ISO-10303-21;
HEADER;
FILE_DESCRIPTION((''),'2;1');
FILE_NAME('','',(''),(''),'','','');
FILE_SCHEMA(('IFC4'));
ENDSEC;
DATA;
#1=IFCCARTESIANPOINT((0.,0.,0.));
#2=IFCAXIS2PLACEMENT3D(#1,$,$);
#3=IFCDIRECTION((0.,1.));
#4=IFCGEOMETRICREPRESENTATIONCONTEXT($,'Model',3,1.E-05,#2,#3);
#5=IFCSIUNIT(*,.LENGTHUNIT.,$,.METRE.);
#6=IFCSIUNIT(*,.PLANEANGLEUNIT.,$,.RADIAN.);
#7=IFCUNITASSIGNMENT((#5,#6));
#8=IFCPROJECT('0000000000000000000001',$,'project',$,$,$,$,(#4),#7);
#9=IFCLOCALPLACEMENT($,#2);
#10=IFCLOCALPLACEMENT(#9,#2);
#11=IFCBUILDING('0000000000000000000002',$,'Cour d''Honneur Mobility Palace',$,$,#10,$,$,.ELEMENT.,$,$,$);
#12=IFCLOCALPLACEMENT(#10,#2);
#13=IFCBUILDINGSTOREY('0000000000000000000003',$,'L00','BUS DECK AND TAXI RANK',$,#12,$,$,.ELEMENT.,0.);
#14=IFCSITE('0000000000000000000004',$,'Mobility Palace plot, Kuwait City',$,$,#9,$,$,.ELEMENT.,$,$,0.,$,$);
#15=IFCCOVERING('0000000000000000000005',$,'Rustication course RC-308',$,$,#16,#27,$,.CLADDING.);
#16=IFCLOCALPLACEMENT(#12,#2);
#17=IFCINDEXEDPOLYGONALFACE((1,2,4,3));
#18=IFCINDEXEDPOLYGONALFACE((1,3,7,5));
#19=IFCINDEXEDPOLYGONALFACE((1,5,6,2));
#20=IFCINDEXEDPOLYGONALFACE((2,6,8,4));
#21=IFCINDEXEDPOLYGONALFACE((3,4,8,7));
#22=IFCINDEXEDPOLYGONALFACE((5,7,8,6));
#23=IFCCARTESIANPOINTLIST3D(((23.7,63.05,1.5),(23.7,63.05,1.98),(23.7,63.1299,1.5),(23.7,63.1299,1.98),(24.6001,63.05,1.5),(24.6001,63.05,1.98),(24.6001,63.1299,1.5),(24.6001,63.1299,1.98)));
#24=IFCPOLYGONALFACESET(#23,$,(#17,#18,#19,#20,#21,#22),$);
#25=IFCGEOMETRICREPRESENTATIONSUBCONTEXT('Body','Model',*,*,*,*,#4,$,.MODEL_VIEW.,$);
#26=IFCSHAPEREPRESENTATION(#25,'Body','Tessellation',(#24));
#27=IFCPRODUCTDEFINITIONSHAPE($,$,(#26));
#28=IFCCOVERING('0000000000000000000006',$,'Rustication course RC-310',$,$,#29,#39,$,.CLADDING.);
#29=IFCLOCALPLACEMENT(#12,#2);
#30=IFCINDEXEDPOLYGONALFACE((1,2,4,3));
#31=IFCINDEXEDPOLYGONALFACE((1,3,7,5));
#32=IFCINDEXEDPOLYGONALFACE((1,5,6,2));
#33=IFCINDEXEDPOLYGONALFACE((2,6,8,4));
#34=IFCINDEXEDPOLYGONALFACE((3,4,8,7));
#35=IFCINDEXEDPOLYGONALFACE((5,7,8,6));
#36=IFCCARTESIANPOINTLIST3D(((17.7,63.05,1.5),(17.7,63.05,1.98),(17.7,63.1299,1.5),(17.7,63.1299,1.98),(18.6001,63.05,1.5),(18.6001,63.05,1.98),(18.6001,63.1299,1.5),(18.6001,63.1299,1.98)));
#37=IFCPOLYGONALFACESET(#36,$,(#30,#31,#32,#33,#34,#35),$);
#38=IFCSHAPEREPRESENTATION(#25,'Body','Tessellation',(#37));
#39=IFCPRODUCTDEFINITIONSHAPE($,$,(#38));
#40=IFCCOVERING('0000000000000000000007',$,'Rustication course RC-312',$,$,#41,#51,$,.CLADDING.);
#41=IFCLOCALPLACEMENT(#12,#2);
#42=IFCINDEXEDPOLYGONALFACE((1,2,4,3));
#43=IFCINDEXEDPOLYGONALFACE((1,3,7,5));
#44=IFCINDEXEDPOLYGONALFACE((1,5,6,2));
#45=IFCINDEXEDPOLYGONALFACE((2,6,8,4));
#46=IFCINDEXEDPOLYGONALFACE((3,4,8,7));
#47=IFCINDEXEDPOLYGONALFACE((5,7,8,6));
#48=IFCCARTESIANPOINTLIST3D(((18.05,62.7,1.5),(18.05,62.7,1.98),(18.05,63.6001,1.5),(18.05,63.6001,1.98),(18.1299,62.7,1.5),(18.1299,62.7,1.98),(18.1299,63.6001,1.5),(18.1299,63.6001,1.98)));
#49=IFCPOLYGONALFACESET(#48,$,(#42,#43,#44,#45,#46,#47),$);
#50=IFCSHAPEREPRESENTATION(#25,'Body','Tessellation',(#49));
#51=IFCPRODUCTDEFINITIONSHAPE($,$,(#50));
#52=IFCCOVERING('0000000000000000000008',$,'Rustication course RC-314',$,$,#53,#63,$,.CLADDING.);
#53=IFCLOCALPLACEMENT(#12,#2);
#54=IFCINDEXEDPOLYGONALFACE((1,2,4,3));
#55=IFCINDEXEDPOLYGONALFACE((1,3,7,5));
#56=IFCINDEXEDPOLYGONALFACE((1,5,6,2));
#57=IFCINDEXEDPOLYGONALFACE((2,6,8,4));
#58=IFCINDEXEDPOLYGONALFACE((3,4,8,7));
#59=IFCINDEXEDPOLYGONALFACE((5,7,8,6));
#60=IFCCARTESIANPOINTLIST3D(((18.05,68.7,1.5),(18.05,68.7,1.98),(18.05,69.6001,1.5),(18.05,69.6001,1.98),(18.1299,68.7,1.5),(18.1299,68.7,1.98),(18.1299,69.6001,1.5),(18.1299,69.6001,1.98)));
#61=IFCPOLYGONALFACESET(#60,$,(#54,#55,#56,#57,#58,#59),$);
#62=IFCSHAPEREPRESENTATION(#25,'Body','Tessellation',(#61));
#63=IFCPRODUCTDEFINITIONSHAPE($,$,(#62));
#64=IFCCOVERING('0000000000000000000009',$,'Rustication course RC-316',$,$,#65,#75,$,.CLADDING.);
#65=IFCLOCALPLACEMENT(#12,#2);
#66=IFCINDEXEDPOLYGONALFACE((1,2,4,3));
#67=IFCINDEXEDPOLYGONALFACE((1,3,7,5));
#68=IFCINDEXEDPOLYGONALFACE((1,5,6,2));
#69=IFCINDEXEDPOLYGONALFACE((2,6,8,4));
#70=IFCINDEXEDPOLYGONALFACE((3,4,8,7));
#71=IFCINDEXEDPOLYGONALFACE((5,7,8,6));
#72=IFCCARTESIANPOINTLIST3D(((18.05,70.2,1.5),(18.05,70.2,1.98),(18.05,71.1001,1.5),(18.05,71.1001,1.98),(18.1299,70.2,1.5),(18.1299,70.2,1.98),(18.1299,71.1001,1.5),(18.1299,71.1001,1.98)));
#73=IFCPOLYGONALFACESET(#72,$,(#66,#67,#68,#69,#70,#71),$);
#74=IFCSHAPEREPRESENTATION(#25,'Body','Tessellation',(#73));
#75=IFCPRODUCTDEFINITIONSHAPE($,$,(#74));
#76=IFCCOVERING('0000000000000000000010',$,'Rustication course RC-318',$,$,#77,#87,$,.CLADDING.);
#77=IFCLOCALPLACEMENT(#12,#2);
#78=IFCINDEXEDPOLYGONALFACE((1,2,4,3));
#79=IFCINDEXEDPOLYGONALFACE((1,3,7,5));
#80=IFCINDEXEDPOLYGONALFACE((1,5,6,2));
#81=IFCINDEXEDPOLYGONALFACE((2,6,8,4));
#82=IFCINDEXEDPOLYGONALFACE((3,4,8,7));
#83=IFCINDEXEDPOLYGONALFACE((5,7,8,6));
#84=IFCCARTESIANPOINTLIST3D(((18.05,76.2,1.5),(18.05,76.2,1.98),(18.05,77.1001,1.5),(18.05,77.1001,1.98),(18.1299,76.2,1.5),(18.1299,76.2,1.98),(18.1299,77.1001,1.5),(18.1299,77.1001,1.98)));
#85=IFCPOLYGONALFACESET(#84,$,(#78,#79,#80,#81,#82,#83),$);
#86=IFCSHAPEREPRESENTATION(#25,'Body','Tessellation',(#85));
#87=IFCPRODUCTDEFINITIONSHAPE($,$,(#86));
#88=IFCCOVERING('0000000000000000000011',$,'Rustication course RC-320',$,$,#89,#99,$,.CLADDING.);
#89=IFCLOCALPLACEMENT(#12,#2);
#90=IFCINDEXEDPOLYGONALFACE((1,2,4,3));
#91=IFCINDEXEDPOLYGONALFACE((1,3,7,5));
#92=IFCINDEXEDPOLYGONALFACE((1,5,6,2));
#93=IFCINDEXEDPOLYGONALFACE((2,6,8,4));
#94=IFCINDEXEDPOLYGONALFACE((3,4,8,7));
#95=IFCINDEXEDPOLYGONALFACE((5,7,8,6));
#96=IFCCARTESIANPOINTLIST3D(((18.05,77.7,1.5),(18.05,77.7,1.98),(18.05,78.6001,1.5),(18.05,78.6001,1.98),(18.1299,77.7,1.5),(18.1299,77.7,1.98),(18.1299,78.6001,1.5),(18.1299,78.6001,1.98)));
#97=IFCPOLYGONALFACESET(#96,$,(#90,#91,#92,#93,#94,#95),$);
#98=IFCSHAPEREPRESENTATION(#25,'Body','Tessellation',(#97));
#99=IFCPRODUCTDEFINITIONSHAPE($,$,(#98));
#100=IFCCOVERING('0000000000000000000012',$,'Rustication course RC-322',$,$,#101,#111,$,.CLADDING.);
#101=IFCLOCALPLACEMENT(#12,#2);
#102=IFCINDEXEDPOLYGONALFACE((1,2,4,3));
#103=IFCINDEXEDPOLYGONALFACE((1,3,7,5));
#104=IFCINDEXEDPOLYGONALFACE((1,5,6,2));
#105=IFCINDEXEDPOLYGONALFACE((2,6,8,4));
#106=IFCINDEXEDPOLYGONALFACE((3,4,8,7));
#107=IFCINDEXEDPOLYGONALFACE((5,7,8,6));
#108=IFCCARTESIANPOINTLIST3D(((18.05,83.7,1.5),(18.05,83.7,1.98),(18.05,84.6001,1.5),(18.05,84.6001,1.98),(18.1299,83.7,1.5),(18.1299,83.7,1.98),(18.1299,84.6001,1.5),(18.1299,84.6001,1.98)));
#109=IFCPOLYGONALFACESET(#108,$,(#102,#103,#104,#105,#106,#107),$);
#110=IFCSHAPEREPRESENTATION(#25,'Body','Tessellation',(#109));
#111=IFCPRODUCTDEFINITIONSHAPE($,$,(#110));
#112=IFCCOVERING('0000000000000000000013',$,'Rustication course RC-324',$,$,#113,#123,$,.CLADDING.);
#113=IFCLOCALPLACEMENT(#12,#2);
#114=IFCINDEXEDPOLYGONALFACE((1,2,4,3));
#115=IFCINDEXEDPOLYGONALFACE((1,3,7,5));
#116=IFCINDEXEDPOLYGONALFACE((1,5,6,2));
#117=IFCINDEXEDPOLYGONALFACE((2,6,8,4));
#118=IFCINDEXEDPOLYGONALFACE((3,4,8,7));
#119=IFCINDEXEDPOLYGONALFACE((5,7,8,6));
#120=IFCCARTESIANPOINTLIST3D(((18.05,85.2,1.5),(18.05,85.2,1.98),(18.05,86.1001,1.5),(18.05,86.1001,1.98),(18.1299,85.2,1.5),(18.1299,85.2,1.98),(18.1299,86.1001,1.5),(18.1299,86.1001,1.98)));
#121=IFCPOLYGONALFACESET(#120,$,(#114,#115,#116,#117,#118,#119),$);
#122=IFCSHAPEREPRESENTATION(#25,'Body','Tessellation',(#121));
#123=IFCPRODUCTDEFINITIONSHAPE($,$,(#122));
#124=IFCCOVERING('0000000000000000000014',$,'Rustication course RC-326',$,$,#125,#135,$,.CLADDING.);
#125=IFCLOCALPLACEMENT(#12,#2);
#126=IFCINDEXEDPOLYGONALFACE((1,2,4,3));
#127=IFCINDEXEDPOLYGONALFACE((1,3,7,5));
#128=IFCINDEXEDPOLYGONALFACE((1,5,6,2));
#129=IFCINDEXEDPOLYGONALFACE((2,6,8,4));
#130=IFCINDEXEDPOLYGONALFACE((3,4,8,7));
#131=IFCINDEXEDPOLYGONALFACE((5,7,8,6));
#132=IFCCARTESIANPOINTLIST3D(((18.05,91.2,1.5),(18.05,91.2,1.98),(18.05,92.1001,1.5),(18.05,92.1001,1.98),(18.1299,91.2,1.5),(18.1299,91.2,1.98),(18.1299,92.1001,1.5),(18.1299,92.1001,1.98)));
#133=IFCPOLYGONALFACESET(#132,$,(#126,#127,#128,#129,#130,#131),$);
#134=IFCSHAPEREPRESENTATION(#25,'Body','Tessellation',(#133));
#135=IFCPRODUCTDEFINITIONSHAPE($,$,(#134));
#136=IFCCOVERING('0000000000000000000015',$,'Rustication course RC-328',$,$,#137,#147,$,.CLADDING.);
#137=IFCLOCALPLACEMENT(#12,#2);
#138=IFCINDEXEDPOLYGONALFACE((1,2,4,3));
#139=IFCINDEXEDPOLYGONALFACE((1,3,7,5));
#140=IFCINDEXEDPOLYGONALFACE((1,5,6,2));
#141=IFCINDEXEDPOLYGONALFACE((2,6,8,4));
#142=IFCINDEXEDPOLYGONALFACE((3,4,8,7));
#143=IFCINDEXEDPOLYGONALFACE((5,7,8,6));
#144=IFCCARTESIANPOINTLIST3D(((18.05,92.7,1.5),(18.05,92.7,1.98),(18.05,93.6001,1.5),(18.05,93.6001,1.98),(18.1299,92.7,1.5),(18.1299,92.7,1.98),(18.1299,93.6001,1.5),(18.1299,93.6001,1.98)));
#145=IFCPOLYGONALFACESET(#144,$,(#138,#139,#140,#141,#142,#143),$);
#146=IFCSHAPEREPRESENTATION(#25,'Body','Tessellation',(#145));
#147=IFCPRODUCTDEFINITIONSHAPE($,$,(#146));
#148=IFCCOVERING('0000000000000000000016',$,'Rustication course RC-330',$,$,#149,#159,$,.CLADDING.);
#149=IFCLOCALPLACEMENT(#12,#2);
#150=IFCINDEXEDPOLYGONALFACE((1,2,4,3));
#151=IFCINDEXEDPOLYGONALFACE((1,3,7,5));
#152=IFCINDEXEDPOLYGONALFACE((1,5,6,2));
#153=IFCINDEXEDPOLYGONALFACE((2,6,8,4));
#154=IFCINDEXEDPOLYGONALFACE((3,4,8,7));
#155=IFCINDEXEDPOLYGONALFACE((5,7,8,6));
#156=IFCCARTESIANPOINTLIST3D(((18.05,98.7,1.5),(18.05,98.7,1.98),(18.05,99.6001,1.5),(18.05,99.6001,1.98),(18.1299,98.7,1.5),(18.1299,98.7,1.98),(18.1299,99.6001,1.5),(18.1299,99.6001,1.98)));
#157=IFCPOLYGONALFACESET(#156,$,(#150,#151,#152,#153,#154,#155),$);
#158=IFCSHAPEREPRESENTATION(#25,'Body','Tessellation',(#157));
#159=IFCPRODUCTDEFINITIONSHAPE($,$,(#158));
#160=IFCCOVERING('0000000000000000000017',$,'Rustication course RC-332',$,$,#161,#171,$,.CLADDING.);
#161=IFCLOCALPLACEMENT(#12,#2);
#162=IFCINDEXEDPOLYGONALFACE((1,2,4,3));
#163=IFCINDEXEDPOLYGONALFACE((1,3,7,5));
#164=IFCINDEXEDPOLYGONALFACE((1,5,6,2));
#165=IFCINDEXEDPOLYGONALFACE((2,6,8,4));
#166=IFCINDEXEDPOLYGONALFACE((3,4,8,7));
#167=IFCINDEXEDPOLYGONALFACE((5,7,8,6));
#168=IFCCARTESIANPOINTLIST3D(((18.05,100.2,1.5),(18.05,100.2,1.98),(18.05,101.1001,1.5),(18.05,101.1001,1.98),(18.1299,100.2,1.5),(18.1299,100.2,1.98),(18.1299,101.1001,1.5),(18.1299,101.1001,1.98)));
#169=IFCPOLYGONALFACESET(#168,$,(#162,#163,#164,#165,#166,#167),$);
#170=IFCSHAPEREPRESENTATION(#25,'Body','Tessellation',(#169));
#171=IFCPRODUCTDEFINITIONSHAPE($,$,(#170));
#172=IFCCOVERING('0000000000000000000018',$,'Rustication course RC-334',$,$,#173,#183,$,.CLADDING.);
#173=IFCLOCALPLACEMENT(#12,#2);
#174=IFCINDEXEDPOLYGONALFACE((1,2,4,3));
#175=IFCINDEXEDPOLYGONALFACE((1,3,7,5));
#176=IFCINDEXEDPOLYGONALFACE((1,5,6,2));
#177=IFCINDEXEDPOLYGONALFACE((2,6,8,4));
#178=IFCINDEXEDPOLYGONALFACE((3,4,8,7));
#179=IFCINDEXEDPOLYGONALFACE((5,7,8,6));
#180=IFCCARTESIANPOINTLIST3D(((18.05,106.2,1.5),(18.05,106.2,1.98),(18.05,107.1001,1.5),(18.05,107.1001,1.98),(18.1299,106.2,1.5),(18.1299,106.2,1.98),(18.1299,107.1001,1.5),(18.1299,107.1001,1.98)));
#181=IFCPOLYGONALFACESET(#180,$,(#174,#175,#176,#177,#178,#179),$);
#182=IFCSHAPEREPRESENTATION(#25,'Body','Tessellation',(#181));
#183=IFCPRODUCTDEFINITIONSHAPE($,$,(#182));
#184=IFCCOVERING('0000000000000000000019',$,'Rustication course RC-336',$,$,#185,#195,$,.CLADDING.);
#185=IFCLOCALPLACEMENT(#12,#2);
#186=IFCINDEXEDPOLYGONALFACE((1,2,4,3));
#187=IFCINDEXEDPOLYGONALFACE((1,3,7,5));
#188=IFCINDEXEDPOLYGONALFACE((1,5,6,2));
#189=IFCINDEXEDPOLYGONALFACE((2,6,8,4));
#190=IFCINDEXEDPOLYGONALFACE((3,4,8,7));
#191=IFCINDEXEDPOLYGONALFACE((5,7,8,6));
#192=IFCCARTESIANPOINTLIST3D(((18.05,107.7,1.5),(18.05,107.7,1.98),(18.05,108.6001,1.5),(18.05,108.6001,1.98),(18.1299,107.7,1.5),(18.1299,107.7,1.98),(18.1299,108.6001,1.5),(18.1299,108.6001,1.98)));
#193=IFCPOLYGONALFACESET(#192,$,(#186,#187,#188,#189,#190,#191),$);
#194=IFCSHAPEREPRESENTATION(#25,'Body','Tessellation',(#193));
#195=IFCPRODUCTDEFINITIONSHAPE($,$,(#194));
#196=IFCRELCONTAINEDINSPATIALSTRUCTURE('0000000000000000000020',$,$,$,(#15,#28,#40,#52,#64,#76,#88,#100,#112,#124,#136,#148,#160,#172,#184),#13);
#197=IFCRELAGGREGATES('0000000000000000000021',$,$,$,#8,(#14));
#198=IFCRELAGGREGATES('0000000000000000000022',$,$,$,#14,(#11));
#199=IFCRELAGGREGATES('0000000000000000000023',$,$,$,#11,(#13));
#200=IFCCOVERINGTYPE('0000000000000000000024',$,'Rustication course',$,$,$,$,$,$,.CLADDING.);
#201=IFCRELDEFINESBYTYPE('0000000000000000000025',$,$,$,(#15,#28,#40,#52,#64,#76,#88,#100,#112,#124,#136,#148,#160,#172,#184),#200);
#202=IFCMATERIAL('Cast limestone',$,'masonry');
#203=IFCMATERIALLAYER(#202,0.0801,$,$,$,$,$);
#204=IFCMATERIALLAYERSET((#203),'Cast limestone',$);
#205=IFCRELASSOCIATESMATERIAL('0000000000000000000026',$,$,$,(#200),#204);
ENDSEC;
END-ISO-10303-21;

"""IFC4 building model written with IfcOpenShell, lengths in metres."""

from ifc_helpers import new_model, si_unit, direction, frame, origin, place, context, subcontext, project, spatial, polyline, outline, extrude, material, layer, layer_set, type_object, element, save


model = new_model("IFC4")

# Units and contexts
model_context = context("Model", 3, precision=1e-05, world=origin(), true_north=direction((0.0, 1.0)))
body_context = subcontext(model_context, "Body", "Model", "MODEL_VIEW")
ifc_project = project(units=[si_unit("LENGTHUNIT", "METRE"), si_unit("PLANEANGLEUNIT", "RADIAN")], contexts=[model_context])

# Site, building, storey
site_placement = place(None, origin())
site = spatial("IfcSite", under=ifc_project, at=site_placement, Name="Mobility Palace plot, Kuwait City", CompositionType="ELEMENT", RefElevation=0.0)
building_placement = place(site_placement, origin())
building = spatial("IfcBuilding", under=site, at=building_placement, Name="Cour d'Honneur Mobility Palace", CompositionType="ELEMENT")
storey_placement = place(building_placement, origin())
storey = spatial("IfcBuildingStorey", under=building, at=storey_placement, Name="L00", Description="BUS DECK AND TAXI RANK", CompositionType="ELEMENT", Elevation=0.0)

# Coverings
ifc_material = material(Name="Cast limestone", Category="masonry")
ifc_layer = layer(ifc_material, 0.0801)
ifc_layer_set = layer_set([ifc_layer], Name="Cast limestone")
covering_type = type_object("IfcCoveringType", Name="Rustication course", PredefinedType="CLADDING", material=ifc_layer_set)
covering_1_placement = place(storey_placement, frame((0.0, 0.0, 1.5)))
element("IfcCovering", 1, at=covering_1_placement, inside=storey, type_object=covering_type, Name="Rustication course RC-308", PredefinedType="CLADDING", context=body_context, shape_type="SweptSolid", body=[
    extrude(outline(polyline([(24.6001, 63.05), (23.7, 63.05), (23.7, 63.1299), (24.6001, 63.1299), (24.6001, 63.05)])), origin(), (0.0, 0.0, 1.0), 0.48),
])
covering_2_placement = place(storey_placement, frame((0.0, 0.0, 1.5)))
element("IfcCovering", 2, at=covering_2_placement, inside=storey, type_object=covering_type, Name="Rustication course RC-310", PredefinedType="CLADDING", context=body_context, shape_type="SweptSolid", body=[
    extrude(outline(polyline([(18.6001, 63.05), (17.7, 63.05), (17.7, 63.1299), (18.6001, 63.1299), (18.6001, 63.05)])), origin(), (0.0, 0.0, 1.0), 0.48),
])
covering_3_placement = place(storey_placement, frame((0.0, 0.0, 1.5)))
element("IfcCovering", 3, at=covering_3_placement, inside=storey, type_object=covering_type, Name="Rustication course RC-312", PredefinedType="CLADDING", context=body_context, shape_type="SweptSolid", body=[
    extrude(outline(polyline([(18.05, 62.7), (18.05, 63.6001), (18.1299, 63.6001), (18.1299, 62.7), (18.05, 62.7)])), origin(), (0.0, 0.0, 1.0), 0.48),
])
covering_4_placement = place(storey_placement, frame((0.0, 0.0, 1.5)))
element("IfcCovering", 4, at=covering_4_placement, inside=storey, type_object=covering_type, Name="Rustication course RC-314", PredefinedType="CLADDING", context=body_context, shape_type="SweptSolid", body=[
    extrude(outline(polyline([(18.05, 68.7), (18.05, 69.6001), (18.1299, 69.6001), (18.1299, 68.7), (18.05, 68.7)])), origin(), (0.0, 0.0, 1.0), 0.48),
])
covering_5_placement = place(storey_placement, frame((0.0, 0.0, 1.5)))
element("IfcCovering", 5, at=covering_5_placement, inside=storey, type_object=covering_type, Name="Rustication course RC-316", PredefinedType="CLADDING", context=body_context, shape_type="SweptSolid", body=[
    extrude(outline(polyline([(18.05, 70.2), (18.05, 71.1001), (18.1299, 71.1001), (18.1299, 70.2), (18.05, 70.2)])), origin(), (0.0, 0.0, 1.0), 0.48),
])
covering_6_placement = place(storey_placement, frame((0.0, 0.0, 1.5)))
element("IfcCovering", 6, at=covering_6_placement, inside=storey, type_object=covering_type, Name="Rustication course RC-318", PredefinedType="CLADDING", context=body_context, shape_type="SweptSolid", body=[
    extrude(outline(polyline([(18.05, 76.2), (18.05, 77.1001), (18.1299, 77.1001), (18.1299, 76.2), (18.05, 76.2)])), origin(), (0.0, 0.0, 1.0), 0.48),
])
covering_7_placement = place(storey_placement, frame((0.0, 0.0, 1.5)))
element("IfcCovering", 7, at=covering_7_placement, inside=storey, type_object=covering_type, Name="Rustication course RC-320", PredefinedType="CLADDING", context=body_context, shape_type="SweptSolid", body=[
    extrude(outline(polyline([(18.05, 77.7), (18.05, 78.6001), (18.1299, 78.6001), (18.1299, 77.7), (18.05, 77.7)])), origin(), (0.0, 0.0, 1.0), 0.48),
])
covering_8_placement = place(storey_placement, frame((0.0, 0.0, 1.5)))
element("IfcCovering", 8, at=covering_8_placement, inside=storey, type_object=covering_type, Name="Rustication course RC-322", PredefinedType="CLADDING", context=body_context, shape_type="SweptSolid", body=[
    extrude(outline(polyline([(18.05, 83.7), (18.05, 84.6001), (18.1299, 84.6001), (18.1299, 83.7), (18.05, 83.7)])), origin(), (0.0, 0.0, 1.0), 0.48),
])
covering_9_placement = place(storey_placement, frame((0.0, 0.0, 1.5)))
element("IfcCovering", 9, at=covering_9_placement, inside=storey, type_object=covering_type, Name="Rustication course RC-324", PredefinedType="CLADDING", context=body_context, shape_type="SweptSolid", body=[
    extrude(outline(polyline([(18.05, 85.2), (18.05, 86.1001), (18.1299, 86.1001), (18.1299, 85.2), (18.05, 85.2)])), origin(), (0.0, 0.0, 1.0), 0.48),
])
covering_10_placement = place(storey_placement, frame((0.0, 0.0, 1.5)))
element("IfcCovering", 10, at=covering_10_placement, inside=storey, type_object=covering_type, Name="Rustication course RC-326", PredefinedType="CLADDING", context=body_context, shape_type="SweptSolid", body=[
    extrude(outline(polyline([(18.05, 91.2), (18.05, 92.1001), (18.1299, 92.1001), (18.1299, 91.2), (18.05, 91.2)])), origin(), (0.0, 0.0, 1.0), 0.48),
])
covering_11_placement = place(storey_placement, frame((0.0, 0.0, 1.5)))
element("IfcCovering", 11, at=covering_11_placement, inside=storey, type_object=covering_type, Name="Rustication course RC-328", PredefinedType="CLADDING", context=body_context, shape_type="SweptSolid", body=[
    extrude(outline(polyline([(18.05, 92.7), (18.05, 93.6001), (18.1299, 93.6001), (18.1299, 92.7), (18.05, 92.7)])), origin(), (0.0, 0.0, 1.0), 0.48),
])
covering_12_placement = place(storey_placement, frame((0.0, 0.0, 1.5)))
element("IfcCovering", 12, at=covering_12_placement, inside=storey, type_object=covering_type, Name="Rustication course RC-330", PredefinedType="CLADDING", context=body_context, shape_type="SweptSolid", body=[
    extrude(outline(polyline([(18.05, 98.7), (18.05, 99.6001), (18.1299, 99.6001), (18.1299, 98.7), (18.05, 98.7)])), origin(), (0.0, 0.0, 1.0), 0.48),
])
covering_13_placement = place(storey_placement, frame((0.0, 0.0, 1.5)))
element("IfcCovering", 13, at=covering_13_placement, inside=storey, type_object=covering_type, Name="Rustication course RC-332", PredefinedType="CLADDING", context=body_context, shape_type="SweptSolid", body=[
    extrude(outline(polyline([(18.05, 100.2), (18.05, 101.1001), (18.1299, 101.1001), (18.1299, 100.2), (18.05, 100.2)])), origin(), (0.0, 0.0, 1.0), 0.48),
])
covering_14_placement = place(storey_placement, frame((0.0, 0.0, 1.5)))
element("IfcCovering", 14, at=covering_14_placement, inside=storey, type_object=covering_type, Name="Rustication course RC-334", PredefinedType="CLADDING", context=body_context, shape_type="SweptSolid", body=[
    extrude(outline(polyline([(18.05, 106.2), (18.05, 107.1001), (18.1299, 107.1001), (18.1299, 106.2), (18.05, 106.2)])), origin(), (0.0, 0.0, 1.0), 0.48),
])
covering_15_placement = place(storey_placement, frame((0.0, 0.0, 1.5)))
element("IfcCovering", 15, at=covering_15_placement, inside=storey, type_object=covering_type, Name="Rustication course RC-336", PredefinedType="CLADDING", context=body_context, shape_type="SweptSolid", body=[
    extrude(outline(polyline([(18.05, 107.7), (18.05, 108.6001), (18.1299, 108.6001), (18.1299, 107.7), (18.05, 107.7)])), origin(), (0.0, 0.0, 1.0), 0.48),
])

save(model, "model.ifc")
